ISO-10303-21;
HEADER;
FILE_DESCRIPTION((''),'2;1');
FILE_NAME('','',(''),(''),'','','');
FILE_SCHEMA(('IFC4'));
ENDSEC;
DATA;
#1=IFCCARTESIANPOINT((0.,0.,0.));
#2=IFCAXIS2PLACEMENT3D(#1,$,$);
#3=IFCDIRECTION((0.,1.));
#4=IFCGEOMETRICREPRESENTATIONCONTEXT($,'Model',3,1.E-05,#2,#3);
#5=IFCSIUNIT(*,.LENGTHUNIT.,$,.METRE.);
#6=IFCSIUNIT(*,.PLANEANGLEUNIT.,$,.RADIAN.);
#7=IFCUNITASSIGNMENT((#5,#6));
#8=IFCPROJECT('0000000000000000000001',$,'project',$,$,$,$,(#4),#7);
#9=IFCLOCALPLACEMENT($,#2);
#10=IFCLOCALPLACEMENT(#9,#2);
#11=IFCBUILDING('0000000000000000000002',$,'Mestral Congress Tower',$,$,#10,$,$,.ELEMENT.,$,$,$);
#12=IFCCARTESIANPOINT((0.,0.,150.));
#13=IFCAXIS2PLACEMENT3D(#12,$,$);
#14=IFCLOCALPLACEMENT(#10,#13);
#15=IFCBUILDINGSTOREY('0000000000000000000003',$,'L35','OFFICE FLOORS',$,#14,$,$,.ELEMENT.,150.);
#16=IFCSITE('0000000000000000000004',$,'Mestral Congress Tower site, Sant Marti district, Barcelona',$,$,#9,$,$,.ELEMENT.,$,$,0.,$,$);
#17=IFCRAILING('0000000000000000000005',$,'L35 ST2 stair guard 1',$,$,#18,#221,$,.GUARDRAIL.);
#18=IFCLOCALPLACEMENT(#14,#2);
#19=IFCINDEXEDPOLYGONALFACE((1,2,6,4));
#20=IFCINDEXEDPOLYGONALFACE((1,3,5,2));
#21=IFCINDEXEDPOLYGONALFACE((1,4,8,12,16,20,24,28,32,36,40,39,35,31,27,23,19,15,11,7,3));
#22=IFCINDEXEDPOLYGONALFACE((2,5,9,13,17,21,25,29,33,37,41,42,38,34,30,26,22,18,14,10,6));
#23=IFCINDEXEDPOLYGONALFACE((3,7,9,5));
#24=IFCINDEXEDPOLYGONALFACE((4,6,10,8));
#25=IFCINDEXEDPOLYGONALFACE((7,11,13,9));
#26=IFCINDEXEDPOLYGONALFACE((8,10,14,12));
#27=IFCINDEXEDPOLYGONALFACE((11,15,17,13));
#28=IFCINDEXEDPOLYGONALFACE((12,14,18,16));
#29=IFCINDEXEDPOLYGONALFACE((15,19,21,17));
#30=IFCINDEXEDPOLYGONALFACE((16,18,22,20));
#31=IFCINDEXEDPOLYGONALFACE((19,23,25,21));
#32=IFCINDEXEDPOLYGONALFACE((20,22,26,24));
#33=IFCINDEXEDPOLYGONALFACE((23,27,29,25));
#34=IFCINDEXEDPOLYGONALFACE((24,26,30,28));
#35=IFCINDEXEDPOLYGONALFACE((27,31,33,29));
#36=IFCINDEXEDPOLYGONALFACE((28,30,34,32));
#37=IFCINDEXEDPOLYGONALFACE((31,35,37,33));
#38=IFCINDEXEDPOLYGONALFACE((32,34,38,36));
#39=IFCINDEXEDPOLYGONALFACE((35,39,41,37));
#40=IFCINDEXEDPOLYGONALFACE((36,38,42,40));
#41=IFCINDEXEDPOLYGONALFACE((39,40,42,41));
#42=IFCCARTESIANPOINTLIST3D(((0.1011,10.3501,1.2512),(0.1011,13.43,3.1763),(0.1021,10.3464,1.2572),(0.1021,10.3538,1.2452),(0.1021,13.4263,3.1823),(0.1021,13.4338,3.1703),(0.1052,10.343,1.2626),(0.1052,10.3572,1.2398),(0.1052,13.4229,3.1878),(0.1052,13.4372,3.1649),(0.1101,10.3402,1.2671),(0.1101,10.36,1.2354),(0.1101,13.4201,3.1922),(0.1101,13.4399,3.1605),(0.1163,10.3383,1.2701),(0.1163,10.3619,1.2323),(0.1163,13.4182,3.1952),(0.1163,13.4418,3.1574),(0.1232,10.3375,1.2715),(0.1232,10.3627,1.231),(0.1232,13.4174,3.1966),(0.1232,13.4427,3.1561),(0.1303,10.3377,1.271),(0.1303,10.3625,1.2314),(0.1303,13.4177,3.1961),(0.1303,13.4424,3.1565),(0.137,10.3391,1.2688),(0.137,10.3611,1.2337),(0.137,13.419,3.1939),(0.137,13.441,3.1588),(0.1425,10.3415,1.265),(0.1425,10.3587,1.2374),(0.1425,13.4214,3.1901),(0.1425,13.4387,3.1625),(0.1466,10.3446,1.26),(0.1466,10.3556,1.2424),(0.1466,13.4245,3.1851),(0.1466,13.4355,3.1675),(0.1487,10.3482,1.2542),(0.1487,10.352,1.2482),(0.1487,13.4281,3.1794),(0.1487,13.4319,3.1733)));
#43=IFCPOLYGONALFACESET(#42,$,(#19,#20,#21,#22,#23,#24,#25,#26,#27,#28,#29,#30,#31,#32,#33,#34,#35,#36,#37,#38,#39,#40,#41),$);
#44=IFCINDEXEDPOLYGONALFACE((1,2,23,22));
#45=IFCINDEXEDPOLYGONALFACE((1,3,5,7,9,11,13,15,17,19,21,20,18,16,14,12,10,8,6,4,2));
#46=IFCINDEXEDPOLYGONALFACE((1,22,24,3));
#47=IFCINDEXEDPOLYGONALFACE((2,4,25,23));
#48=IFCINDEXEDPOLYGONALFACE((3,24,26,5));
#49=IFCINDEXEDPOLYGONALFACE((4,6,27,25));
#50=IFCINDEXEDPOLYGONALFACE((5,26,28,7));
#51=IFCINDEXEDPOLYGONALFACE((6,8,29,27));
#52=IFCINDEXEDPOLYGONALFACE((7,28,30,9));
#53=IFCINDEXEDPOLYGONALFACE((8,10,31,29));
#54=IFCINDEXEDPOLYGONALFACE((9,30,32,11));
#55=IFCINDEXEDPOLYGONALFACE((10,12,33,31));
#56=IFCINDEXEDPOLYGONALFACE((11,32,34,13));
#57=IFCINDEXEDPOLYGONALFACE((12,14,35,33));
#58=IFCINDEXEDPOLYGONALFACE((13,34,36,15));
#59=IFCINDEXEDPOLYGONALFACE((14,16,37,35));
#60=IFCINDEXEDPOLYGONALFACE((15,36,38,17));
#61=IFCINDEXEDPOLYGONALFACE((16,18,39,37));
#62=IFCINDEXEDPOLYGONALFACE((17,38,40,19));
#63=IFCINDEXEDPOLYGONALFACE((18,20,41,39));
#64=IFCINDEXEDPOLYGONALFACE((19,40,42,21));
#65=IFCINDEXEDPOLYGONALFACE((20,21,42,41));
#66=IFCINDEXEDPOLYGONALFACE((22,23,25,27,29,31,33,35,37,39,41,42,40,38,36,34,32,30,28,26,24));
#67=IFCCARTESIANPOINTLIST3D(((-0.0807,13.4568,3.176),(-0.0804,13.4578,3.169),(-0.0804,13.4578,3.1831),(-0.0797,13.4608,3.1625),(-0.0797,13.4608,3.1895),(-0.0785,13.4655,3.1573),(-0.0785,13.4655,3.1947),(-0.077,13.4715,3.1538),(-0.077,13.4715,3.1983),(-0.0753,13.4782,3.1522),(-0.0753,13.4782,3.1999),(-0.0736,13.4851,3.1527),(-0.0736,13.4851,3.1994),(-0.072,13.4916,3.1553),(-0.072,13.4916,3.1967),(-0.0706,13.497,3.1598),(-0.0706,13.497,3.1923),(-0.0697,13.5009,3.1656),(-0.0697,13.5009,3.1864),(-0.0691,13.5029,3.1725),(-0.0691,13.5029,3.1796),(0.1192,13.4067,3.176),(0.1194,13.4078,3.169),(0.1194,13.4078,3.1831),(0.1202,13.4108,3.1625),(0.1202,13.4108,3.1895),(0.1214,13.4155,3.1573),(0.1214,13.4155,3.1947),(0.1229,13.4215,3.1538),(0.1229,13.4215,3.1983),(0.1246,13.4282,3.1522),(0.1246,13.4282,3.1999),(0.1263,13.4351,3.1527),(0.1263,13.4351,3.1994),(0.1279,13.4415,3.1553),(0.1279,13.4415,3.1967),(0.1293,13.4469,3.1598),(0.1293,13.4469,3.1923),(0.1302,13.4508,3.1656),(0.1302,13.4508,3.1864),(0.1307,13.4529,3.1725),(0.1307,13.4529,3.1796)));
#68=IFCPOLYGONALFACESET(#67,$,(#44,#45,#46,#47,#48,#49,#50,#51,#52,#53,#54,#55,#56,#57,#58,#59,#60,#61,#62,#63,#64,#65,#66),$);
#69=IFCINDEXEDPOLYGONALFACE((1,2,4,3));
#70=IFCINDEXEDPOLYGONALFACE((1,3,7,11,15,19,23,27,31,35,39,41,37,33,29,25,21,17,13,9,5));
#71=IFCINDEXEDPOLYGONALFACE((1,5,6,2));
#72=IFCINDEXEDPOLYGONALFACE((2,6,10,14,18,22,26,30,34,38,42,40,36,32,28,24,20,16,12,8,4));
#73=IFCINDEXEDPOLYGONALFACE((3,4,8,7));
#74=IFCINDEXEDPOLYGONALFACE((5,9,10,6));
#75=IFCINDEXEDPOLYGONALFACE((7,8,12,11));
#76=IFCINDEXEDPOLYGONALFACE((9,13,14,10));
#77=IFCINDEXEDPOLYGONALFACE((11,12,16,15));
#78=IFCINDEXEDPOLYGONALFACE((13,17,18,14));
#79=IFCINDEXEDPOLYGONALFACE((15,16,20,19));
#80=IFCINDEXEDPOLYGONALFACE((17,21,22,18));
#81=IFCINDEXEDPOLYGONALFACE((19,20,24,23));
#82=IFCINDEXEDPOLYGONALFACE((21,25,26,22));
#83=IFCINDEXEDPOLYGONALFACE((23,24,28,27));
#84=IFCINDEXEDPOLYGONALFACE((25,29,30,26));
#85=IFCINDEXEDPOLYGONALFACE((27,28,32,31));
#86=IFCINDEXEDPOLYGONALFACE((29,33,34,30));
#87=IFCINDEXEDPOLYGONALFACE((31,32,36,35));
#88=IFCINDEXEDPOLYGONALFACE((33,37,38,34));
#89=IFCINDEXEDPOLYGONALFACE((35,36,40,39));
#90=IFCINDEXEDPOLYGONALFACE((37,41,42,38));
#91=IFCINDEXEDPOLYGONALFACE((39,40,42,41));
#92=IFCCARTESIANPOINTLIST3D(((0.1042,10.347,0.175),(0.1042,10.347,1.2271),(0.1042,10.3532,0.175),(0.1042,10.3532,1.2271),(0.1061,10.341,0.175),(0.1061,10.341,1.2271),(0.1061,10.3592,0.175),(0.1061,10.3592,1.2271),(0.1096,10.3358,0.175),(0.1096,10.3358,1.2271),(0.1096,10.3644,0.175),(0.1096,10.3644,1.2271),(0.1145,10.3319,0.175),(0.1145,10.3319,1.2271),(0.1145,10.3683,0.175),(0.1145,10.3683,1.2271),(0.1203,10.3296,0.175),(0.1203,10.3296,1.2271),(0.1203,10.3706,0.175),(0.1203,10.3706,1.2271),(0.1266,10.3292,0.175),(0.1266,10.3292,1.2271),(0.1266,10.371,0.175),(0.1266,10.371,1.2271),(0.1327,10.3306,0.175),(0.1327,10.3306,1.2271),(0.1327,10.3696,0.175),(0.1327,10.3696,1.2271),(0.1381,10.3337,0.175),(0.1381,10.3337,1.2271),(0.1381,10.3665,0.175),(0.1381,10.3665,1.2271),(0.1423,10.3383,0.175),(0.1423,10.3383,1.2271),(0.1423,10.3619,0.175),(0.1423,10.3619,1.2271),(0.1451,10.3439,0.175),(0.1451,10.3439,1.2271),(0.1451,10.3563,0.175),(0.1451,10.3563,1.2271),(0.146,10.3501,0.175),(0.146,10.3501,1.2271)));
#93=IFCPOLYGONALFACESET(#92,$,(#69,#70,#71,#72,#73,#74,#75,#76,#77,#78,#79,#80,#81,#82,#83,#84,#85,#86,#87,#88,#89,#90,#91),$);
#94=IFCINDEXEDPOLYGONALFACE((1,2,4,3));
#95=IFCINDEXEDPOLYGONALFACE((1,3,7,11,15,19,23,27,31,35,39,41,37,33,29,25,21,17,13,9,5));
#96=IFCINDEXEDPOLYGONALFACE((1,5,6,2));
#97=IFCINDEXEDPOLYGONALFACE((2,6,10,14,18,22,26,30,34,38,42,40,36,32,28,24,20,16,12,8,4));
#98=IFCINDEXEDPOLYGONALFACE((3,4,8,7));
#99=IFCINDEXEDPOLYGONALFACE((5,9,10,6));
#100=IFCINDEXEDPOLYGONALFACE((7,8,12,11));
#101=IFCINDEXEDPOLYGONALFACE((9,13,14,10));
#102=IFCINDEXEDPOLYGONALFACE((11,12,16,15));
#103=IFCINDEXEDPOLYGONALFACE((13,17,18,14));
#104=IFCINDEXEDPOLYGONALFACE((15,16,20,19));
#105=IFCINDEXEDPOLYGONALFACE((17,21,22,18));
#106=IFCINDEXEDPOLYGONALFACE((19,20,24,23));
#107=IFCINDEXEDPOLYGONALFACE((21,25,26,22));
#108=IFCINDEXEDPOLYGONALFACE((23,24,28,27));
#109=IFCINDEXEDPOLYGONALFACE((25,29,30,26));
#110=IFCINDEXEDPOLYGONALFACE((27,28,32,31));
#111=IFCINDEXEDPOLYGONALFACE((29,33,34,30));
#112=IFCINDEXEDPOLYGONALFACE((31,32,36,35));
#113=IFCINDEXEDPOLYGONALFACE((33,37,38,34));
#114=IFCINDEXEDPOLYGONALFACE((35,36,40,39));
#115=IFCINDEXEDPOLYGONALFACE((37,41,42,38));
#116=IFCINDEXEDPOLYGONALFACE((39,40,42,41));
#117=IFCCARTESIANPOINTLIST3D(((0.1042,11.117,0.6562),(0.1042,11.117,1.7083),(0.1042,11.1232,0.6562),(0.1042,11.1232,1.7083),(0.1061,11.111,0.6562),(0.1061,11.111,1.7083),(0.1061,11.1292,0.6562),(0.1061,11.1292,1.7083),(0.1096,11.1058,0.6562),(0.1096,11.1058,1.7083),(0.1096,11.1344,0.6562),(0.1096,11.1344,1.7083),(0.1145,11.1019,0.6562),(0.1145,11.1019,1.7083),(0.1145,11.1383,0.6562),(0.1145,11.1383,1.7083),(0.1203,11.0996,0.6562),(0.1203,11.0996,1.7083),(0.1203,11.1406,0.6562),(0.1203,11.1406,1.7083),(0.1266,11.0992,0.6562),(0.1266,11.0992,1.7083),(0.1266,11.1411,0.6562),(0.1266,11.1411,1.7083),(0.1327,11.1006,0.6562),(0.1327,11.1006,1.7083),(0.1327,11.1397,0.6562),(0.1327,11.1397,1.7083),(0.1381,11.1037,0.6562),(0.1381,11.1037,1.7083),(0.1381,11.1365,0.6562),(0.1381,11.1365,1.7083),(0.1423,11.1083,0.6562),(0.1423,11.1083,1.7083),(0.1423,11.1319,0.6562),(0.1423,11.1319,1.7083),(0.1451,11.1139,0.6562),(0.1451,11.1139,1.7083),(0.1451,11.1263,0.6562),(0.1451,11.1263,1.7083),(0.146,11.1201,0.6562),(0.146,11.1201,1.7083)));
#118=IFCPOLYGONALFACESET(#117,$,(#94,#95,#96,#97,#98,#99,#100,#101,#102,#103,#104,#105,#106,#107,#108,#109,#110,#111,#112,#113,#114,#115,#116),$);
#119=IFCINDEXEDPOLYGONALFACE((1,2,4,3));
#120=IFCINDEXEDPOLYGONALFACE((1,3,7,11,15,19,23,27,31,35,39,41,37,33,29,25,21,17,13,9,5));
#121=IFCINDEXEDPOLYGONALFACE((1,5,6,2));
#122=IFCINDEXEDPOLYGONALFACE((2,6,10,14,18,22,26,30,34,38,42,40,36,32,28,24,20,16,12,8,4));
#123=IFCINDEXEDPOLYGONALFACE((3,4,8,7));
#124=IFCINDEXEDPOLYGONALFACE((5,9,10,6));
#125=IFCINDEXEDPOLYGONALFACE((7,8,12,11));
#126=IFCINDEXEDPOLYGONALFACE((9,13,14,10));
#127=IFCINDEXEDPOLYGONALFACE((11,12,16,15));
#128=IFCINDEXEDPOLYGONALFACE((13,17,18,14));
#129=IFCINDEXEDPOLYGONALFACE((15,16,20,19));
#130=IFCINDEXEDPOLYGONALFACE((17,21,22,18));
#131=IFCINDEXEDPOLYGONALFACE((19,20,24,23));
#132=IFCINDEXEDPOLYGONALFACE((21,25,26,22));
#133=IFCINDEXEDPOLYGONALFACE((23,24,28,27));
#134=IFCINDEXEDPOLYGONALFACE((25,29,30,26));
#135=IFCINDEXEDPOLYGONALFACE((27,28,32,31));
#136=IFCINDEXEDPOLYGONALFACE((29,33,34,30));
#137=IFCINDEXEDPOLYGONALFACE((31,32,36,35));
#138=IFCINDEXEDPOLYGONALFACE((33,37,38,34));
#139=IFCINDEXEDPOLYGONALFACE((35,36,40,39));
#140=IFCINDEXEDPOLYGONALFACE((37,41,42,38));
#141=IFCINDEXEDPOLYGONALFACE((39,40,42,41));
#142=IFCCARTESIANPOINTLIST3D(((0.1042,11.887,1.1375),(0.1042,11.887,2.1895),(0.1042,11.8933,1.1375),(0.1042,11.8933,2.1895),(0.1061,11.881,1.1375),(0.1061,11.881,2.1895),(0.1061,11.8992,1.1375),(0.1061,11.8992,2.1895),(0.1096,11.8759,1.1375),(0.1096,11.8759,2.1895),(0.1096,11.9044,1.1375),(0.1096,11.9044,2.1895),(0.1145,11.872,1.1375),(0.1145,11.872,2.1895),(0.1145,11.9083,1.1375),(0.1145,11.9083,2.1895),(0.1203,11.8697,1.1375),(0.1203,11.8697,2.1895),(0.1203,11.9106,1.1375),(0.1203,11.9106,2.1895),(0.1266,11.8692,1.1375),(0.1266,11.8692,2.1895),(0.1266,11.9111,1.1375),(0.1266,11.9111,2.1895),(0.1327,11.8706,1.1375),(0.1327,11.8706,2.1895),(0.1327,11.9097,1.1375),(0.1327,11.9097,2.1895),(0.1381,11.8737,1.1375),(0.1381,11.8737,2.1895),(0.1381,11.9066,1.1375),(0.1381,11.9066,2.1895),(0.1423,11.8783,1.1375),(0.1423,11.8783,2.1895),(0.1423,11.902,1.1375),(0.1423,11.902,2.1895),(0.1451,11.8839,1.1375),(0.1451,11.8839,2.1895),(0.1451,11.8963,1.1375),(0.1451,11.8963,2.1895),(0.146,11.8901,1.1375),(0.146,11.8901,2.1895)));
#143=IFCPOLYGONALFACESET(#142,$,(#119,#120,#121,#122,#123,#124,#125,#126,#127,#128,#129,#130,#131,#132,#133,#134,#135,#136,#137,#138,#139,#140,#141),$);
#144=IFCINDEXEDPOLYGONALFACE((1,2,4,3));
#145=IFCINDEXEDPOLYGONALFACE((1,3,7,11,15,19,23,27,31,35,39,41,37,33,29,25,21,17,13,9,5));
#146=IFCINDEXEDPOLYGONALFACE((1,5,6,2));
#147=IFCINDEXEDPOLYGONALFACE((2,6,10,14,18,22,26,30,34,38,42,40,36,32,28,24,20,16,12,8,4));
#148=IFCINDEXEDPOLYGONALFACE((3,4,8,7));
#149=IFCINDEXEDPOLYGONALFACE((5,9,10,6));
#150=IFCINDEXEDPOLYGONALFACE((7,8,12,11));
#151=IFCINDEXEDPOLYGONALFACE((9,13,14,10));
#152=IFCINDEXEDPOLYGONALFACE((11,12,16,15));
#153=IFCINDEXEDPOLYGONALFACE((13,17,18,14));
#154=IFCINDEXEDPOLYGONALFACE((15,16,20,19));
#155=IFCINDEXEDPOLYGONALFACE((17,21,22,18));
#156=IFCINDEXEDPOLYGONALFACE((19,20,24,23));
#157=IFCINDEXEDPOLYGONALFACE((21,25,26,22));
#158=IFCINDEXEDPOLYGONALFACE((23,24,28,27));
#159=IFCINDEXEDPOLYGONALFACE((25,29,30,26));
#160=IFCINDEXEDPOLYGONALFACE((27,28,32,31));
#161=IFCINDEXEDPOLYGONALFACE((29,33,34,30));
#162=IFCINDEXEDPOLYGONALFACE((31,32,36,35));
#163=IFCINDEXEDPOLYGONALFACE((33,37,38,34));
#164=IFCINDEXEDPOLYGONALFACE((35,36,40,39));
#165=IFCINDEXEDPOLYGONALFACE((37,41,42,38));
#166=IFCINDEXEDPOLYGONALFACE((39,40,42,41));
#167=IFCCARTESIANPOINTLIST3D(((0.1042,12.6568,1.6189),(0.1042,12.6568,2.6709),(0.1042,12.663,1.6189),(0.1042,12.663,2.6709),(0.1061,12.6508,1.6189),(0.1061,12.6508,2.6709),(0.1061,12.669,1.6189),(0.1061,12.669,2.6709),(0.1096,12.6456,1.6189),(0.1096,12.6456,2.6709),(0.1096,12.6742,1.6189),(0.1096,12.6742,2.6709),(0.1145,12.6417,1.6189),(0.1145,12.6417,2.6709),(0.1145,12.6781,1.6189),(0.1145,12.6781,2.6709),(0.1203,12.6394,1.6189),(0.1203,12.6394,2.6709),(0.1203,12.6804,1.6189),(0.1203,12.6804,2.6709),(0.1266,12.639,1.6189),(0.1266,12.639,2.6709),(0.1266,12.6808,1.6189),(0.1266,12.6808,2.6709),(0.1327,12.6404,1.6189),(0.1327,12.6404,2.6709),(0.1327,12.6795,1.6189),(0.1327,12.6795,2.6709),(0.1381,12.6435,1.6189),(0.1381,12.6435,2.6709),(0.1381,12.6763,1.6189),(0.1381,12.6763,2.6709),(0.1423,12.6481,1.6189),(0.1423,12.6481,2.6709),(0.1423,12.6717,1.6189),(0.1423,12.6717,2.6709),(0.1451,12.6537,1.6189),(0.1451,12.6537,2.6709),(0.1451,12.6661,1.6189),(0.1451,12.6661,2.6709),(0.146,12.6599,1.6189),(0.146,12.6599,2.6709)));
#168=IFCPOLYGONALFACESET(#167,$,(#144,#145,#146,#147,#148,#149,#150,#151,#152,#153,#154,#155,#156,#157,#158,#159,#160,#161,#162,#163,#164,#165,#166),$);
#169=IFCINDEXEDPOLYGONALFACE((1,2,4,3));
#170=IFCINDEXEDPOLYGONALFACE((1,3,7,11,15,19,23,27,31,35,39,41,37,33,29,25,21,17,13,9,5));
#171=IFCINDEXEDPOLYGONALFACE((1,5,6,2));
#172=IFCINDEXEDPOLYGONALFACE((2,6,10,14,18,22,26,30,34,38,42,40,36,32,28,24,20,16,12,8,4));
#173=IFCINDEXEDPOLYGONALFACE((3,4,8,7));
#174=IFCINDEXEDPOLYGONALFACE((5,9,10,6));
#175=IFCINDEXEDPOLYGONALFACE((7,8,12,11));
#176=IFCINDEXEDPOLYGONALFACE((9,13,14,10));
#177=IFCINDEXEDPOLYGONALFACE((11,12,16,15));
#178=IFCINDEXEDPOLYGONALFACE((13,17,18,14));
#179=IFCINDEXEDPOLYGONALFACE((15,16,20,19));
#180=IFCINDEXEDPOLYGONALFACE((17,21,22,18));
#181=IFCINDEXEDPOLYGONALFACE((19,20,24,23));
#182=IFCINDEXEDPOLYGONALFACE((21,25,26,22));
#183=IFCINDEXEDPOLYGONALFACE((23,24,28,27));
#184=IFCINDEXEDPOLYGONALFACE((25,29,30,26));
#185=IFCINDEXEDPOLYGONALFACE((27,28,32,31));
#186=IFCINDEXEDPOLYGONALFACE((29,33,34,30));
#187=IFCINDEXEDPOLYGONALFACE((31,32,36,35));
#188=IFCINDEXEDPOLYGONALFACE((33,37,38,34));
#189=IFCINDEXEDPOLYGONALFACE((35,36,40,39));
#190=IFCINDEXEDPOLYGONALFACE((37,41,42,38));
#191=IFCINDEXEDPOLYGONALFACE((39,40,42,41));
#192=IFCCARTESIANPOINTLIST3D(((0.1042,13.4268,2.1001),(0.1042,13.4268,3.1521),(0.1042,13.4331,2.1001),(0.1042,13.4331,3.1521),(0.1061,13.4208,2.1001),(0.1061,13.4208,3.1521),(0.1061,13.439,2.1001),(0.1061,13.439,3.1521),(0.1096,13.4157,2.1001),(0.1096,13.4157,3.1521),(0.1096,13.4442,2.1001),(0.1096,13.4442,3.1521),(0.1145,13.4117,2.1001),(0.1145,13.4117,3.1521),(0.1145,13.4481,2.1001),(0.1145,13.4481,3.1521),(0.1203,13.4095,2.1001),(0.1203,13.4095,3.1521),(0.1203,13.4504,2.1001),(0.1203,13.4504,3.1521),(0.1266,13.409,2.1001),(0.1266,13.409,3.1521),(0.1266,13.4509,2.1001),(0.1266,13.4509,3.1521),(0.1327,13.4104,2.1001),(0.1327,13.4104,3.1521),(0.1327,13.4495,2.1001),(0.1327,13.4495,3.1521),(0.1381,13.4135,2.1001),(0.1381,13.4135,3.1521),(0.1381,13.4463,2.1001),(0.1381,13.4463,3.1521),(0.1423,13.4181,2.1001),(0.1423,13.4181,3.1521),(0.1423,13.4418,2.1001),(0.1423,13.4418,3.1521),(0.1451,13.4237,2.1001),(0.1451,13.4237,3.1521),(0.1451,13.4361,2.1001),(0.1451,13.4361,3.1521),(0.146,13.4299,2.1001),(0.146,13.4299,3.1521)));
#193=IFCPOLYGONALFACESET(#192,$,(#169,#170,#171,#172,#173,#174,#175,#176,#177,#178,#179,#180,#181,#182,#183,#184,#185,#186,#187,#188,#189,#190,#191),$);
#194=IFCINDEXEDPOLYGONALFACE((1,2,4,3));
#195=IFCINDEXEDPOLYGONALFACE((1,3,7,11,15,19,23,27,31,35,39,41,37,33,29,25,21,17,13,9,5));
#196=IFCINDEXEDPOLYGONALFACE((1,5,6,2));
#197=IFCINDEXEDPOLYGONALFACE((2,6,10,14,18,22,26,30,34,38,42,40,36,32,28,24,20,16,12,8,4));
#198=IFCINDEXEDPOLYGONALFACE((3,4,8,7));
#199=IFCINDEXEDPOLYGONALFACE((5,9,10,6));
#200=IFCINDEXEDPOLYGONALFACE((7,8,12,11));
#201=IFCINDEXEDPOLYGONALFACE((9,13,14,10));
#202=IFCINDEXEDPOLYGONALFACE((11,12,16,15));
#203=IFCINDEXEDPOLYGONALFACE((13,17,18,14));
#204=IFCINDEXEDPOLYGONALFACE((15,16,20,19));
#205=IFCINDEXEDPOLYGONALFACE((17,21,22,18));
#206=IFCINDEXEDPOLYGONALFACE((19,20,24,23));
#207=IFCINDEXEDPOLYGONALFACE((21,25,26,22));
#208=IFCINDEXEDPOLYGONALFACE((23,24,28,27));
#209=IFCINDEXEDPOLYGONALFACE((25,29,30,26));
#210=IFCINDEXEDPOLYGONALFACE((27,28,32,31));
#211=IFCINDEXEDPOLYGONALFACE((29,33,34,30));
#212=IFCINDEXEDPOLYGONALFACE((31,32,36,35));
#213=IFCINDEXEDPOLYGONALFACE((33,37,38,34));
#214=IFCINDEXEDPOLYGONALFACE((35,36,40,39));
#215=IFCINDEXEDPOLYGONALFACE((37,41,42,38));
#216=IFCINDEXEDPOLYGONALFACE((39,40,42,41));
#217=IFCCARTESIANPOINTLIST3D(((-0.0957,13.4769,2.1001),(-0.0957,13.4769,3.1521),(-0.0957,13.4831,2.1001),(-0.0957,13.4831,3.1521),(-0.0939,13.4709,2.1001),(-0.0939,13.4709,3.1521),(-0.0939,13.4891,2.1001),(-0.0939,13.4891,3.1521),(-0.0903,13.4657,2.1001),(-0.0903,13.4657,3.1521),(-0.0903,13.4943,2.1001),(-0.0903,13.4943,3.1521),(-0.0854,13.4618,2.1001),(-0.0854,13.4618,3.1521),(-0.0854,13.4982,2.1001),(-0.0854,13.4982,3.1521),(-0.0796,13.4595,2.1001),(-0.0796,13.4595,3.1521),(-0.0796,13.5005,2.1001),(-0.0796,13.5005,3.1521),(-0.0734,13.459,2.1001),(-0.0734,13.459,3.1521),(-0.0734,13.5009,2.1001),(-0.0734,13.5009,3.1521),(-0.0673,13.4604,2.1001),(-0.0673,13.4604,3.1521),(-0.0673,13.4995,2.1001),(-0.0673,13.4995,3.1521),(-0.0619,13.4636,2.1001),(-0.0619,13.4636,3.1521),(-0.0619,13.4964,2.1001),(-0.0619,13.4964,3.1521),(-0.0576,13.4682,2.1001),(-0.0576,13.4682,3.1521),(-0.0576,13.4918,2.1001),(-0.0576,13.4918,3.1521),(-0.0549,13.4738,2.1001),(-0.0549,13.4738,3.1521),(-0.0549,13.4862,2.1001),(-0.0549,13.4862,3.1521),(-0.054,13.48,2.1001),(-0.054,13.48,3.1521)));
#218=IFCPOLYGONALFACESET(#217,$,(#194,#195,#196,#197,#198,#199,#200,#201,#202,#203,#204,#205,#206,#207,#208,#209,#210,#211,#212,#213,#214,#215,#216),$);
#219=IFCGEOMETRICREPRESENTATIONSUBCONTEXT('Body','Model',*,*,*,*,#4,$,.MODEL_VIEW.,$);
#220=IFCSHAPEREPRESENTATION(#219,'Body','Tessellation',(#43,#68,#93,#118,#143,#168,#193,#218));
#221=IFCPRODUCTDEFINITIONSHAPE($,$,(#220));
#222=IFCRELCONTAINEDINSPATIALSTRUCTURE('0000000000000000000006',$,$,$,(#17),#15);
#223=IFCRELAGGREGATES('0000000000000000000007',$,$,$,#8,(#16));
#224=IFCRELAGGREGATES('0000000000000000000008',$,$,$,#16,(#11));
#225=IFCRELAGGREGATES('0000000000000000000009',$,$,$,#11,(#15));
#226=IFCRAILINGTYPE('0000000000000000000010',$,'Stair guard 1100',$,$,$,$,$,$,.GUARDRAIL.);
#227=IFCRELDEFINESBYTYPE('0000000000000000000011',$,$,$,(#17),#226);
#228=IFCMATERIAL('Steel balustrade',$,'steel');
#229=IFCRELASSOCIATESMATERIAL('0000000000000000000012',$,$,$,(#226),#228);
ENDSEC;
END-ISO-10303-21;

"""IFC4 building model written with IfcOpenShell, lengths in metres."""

from ifc_helpers import new_model, si_unit, direction, frame, origin, origin_2d, place, context, subcontext, project, spatial, circle, extrude, material, type_object, element, save


model = new_model("IFC4")

# Units and contexts
model_context = context("Model", 3, precision=1e-05, world=origin(), true_north=direction((0.0, 1.0)))
body_context = subcontext(model_context, "Body", "Model", "MODEL_VIEW")
ifc_project = project(units=[si_unit("LENGTHUNIT", "METRE"), si_unit("PLANEANGLEUNIT", "RADIAN")], contexts=[model_context])

# Site, building, storey
site_placement = place(None, origin())
site = spatial("IfcSite", under=ifc_project, at=site_placement, Name="Mestral Congress Tower site, Sant Marti district, Barcelona", CompositionType="ELEMENT", RefElevation=0.0)
building_placement = place(site_placement, origin())
building = spatial("IfcBuilding", under=site, at=building_placement, Name="Mestral Congress Tower", CompositionType="ELEMENT")
storey_placement = place(building_placement, frame((0.0, 0.0, 150.0)))
storey = spatial("IfcBuildingStorey", under=building, at=storey_placement, Name="L35", Description="OFFICE FLOORS", CompositionType="ELEMENT", Elevation=150.0)

# Railing
ifc_material_1 = material(Name="Steel balustrade", Category="steel")
railing_type_1 = type_object("IfcRailingType", Name="Stair guard 1100", PredefinedType="GUARDRAIL", material=ifc_material_1)
railing_1_placement = place(storey_placement, frame((0.125, 10.3501, 0.175)))
element("IfcRailing", 1, at=railing_1_placement, inside=storey, type_object=railing_type_1, Name="L35 ST2 stair guard 1", PredefinedType="GUARDRAIL", context=body_context, shape_type="SweptSolid", body=[
    extrude(circle(Radius=0.0239, at=origin_2d()), frame((0.0, 0.0, 1.0762), z_axis=(0.0, 0.847979, 0.530029), x_axis=(-1.0, 0.0, 0.0)), (0.0, 0.0, 1.0), 3.6321),
    extrude(circle(Radius=0.0239, at=origin_2d()), frame((0.0, 3.0798, 3.001), z_axis=(-0.970073, 0.242814, 0.0), x_axis=(-0.242814, -0.970073, 0.0)), (0.0, 0.0, 1.0), 0.2061),
    extrude(circle(Radius=0.021, at=origin_2d()), origin(), (0.0, 0.0, 1.0), 1.052),
    extrude(circle(Radius=0.021, at=origin_2d()), frame((0.0, 0.77, 0.4812)), (0.0, 0.0, 1.0), 1.052),
    extrude(circle(Radius=0.021, at=origin_2d()), frame((0.0, 1.54, 0.9624)), (0.0, 0.0, 1.0), 1.052),
    extrude(circle(Radius=0.021, at=origin_2d()), frame((0.0, 2.3098, 1.4438)), (0.0, 0.0, 1.0), 1.052),
    extrude(circle(Radius=0.021, at=origin_2d()), frame((0.0, 3.0798, 1.925)), (0.0, 0.0, 1.0), 1.052),
    extrude(circle(Radius=0.021, at=origin_2d()), frame((-0.2, 3.1299, 1.925)), (0.0, 0.0, 1.0), 1.052),
])

save(model, "model.ifc")
